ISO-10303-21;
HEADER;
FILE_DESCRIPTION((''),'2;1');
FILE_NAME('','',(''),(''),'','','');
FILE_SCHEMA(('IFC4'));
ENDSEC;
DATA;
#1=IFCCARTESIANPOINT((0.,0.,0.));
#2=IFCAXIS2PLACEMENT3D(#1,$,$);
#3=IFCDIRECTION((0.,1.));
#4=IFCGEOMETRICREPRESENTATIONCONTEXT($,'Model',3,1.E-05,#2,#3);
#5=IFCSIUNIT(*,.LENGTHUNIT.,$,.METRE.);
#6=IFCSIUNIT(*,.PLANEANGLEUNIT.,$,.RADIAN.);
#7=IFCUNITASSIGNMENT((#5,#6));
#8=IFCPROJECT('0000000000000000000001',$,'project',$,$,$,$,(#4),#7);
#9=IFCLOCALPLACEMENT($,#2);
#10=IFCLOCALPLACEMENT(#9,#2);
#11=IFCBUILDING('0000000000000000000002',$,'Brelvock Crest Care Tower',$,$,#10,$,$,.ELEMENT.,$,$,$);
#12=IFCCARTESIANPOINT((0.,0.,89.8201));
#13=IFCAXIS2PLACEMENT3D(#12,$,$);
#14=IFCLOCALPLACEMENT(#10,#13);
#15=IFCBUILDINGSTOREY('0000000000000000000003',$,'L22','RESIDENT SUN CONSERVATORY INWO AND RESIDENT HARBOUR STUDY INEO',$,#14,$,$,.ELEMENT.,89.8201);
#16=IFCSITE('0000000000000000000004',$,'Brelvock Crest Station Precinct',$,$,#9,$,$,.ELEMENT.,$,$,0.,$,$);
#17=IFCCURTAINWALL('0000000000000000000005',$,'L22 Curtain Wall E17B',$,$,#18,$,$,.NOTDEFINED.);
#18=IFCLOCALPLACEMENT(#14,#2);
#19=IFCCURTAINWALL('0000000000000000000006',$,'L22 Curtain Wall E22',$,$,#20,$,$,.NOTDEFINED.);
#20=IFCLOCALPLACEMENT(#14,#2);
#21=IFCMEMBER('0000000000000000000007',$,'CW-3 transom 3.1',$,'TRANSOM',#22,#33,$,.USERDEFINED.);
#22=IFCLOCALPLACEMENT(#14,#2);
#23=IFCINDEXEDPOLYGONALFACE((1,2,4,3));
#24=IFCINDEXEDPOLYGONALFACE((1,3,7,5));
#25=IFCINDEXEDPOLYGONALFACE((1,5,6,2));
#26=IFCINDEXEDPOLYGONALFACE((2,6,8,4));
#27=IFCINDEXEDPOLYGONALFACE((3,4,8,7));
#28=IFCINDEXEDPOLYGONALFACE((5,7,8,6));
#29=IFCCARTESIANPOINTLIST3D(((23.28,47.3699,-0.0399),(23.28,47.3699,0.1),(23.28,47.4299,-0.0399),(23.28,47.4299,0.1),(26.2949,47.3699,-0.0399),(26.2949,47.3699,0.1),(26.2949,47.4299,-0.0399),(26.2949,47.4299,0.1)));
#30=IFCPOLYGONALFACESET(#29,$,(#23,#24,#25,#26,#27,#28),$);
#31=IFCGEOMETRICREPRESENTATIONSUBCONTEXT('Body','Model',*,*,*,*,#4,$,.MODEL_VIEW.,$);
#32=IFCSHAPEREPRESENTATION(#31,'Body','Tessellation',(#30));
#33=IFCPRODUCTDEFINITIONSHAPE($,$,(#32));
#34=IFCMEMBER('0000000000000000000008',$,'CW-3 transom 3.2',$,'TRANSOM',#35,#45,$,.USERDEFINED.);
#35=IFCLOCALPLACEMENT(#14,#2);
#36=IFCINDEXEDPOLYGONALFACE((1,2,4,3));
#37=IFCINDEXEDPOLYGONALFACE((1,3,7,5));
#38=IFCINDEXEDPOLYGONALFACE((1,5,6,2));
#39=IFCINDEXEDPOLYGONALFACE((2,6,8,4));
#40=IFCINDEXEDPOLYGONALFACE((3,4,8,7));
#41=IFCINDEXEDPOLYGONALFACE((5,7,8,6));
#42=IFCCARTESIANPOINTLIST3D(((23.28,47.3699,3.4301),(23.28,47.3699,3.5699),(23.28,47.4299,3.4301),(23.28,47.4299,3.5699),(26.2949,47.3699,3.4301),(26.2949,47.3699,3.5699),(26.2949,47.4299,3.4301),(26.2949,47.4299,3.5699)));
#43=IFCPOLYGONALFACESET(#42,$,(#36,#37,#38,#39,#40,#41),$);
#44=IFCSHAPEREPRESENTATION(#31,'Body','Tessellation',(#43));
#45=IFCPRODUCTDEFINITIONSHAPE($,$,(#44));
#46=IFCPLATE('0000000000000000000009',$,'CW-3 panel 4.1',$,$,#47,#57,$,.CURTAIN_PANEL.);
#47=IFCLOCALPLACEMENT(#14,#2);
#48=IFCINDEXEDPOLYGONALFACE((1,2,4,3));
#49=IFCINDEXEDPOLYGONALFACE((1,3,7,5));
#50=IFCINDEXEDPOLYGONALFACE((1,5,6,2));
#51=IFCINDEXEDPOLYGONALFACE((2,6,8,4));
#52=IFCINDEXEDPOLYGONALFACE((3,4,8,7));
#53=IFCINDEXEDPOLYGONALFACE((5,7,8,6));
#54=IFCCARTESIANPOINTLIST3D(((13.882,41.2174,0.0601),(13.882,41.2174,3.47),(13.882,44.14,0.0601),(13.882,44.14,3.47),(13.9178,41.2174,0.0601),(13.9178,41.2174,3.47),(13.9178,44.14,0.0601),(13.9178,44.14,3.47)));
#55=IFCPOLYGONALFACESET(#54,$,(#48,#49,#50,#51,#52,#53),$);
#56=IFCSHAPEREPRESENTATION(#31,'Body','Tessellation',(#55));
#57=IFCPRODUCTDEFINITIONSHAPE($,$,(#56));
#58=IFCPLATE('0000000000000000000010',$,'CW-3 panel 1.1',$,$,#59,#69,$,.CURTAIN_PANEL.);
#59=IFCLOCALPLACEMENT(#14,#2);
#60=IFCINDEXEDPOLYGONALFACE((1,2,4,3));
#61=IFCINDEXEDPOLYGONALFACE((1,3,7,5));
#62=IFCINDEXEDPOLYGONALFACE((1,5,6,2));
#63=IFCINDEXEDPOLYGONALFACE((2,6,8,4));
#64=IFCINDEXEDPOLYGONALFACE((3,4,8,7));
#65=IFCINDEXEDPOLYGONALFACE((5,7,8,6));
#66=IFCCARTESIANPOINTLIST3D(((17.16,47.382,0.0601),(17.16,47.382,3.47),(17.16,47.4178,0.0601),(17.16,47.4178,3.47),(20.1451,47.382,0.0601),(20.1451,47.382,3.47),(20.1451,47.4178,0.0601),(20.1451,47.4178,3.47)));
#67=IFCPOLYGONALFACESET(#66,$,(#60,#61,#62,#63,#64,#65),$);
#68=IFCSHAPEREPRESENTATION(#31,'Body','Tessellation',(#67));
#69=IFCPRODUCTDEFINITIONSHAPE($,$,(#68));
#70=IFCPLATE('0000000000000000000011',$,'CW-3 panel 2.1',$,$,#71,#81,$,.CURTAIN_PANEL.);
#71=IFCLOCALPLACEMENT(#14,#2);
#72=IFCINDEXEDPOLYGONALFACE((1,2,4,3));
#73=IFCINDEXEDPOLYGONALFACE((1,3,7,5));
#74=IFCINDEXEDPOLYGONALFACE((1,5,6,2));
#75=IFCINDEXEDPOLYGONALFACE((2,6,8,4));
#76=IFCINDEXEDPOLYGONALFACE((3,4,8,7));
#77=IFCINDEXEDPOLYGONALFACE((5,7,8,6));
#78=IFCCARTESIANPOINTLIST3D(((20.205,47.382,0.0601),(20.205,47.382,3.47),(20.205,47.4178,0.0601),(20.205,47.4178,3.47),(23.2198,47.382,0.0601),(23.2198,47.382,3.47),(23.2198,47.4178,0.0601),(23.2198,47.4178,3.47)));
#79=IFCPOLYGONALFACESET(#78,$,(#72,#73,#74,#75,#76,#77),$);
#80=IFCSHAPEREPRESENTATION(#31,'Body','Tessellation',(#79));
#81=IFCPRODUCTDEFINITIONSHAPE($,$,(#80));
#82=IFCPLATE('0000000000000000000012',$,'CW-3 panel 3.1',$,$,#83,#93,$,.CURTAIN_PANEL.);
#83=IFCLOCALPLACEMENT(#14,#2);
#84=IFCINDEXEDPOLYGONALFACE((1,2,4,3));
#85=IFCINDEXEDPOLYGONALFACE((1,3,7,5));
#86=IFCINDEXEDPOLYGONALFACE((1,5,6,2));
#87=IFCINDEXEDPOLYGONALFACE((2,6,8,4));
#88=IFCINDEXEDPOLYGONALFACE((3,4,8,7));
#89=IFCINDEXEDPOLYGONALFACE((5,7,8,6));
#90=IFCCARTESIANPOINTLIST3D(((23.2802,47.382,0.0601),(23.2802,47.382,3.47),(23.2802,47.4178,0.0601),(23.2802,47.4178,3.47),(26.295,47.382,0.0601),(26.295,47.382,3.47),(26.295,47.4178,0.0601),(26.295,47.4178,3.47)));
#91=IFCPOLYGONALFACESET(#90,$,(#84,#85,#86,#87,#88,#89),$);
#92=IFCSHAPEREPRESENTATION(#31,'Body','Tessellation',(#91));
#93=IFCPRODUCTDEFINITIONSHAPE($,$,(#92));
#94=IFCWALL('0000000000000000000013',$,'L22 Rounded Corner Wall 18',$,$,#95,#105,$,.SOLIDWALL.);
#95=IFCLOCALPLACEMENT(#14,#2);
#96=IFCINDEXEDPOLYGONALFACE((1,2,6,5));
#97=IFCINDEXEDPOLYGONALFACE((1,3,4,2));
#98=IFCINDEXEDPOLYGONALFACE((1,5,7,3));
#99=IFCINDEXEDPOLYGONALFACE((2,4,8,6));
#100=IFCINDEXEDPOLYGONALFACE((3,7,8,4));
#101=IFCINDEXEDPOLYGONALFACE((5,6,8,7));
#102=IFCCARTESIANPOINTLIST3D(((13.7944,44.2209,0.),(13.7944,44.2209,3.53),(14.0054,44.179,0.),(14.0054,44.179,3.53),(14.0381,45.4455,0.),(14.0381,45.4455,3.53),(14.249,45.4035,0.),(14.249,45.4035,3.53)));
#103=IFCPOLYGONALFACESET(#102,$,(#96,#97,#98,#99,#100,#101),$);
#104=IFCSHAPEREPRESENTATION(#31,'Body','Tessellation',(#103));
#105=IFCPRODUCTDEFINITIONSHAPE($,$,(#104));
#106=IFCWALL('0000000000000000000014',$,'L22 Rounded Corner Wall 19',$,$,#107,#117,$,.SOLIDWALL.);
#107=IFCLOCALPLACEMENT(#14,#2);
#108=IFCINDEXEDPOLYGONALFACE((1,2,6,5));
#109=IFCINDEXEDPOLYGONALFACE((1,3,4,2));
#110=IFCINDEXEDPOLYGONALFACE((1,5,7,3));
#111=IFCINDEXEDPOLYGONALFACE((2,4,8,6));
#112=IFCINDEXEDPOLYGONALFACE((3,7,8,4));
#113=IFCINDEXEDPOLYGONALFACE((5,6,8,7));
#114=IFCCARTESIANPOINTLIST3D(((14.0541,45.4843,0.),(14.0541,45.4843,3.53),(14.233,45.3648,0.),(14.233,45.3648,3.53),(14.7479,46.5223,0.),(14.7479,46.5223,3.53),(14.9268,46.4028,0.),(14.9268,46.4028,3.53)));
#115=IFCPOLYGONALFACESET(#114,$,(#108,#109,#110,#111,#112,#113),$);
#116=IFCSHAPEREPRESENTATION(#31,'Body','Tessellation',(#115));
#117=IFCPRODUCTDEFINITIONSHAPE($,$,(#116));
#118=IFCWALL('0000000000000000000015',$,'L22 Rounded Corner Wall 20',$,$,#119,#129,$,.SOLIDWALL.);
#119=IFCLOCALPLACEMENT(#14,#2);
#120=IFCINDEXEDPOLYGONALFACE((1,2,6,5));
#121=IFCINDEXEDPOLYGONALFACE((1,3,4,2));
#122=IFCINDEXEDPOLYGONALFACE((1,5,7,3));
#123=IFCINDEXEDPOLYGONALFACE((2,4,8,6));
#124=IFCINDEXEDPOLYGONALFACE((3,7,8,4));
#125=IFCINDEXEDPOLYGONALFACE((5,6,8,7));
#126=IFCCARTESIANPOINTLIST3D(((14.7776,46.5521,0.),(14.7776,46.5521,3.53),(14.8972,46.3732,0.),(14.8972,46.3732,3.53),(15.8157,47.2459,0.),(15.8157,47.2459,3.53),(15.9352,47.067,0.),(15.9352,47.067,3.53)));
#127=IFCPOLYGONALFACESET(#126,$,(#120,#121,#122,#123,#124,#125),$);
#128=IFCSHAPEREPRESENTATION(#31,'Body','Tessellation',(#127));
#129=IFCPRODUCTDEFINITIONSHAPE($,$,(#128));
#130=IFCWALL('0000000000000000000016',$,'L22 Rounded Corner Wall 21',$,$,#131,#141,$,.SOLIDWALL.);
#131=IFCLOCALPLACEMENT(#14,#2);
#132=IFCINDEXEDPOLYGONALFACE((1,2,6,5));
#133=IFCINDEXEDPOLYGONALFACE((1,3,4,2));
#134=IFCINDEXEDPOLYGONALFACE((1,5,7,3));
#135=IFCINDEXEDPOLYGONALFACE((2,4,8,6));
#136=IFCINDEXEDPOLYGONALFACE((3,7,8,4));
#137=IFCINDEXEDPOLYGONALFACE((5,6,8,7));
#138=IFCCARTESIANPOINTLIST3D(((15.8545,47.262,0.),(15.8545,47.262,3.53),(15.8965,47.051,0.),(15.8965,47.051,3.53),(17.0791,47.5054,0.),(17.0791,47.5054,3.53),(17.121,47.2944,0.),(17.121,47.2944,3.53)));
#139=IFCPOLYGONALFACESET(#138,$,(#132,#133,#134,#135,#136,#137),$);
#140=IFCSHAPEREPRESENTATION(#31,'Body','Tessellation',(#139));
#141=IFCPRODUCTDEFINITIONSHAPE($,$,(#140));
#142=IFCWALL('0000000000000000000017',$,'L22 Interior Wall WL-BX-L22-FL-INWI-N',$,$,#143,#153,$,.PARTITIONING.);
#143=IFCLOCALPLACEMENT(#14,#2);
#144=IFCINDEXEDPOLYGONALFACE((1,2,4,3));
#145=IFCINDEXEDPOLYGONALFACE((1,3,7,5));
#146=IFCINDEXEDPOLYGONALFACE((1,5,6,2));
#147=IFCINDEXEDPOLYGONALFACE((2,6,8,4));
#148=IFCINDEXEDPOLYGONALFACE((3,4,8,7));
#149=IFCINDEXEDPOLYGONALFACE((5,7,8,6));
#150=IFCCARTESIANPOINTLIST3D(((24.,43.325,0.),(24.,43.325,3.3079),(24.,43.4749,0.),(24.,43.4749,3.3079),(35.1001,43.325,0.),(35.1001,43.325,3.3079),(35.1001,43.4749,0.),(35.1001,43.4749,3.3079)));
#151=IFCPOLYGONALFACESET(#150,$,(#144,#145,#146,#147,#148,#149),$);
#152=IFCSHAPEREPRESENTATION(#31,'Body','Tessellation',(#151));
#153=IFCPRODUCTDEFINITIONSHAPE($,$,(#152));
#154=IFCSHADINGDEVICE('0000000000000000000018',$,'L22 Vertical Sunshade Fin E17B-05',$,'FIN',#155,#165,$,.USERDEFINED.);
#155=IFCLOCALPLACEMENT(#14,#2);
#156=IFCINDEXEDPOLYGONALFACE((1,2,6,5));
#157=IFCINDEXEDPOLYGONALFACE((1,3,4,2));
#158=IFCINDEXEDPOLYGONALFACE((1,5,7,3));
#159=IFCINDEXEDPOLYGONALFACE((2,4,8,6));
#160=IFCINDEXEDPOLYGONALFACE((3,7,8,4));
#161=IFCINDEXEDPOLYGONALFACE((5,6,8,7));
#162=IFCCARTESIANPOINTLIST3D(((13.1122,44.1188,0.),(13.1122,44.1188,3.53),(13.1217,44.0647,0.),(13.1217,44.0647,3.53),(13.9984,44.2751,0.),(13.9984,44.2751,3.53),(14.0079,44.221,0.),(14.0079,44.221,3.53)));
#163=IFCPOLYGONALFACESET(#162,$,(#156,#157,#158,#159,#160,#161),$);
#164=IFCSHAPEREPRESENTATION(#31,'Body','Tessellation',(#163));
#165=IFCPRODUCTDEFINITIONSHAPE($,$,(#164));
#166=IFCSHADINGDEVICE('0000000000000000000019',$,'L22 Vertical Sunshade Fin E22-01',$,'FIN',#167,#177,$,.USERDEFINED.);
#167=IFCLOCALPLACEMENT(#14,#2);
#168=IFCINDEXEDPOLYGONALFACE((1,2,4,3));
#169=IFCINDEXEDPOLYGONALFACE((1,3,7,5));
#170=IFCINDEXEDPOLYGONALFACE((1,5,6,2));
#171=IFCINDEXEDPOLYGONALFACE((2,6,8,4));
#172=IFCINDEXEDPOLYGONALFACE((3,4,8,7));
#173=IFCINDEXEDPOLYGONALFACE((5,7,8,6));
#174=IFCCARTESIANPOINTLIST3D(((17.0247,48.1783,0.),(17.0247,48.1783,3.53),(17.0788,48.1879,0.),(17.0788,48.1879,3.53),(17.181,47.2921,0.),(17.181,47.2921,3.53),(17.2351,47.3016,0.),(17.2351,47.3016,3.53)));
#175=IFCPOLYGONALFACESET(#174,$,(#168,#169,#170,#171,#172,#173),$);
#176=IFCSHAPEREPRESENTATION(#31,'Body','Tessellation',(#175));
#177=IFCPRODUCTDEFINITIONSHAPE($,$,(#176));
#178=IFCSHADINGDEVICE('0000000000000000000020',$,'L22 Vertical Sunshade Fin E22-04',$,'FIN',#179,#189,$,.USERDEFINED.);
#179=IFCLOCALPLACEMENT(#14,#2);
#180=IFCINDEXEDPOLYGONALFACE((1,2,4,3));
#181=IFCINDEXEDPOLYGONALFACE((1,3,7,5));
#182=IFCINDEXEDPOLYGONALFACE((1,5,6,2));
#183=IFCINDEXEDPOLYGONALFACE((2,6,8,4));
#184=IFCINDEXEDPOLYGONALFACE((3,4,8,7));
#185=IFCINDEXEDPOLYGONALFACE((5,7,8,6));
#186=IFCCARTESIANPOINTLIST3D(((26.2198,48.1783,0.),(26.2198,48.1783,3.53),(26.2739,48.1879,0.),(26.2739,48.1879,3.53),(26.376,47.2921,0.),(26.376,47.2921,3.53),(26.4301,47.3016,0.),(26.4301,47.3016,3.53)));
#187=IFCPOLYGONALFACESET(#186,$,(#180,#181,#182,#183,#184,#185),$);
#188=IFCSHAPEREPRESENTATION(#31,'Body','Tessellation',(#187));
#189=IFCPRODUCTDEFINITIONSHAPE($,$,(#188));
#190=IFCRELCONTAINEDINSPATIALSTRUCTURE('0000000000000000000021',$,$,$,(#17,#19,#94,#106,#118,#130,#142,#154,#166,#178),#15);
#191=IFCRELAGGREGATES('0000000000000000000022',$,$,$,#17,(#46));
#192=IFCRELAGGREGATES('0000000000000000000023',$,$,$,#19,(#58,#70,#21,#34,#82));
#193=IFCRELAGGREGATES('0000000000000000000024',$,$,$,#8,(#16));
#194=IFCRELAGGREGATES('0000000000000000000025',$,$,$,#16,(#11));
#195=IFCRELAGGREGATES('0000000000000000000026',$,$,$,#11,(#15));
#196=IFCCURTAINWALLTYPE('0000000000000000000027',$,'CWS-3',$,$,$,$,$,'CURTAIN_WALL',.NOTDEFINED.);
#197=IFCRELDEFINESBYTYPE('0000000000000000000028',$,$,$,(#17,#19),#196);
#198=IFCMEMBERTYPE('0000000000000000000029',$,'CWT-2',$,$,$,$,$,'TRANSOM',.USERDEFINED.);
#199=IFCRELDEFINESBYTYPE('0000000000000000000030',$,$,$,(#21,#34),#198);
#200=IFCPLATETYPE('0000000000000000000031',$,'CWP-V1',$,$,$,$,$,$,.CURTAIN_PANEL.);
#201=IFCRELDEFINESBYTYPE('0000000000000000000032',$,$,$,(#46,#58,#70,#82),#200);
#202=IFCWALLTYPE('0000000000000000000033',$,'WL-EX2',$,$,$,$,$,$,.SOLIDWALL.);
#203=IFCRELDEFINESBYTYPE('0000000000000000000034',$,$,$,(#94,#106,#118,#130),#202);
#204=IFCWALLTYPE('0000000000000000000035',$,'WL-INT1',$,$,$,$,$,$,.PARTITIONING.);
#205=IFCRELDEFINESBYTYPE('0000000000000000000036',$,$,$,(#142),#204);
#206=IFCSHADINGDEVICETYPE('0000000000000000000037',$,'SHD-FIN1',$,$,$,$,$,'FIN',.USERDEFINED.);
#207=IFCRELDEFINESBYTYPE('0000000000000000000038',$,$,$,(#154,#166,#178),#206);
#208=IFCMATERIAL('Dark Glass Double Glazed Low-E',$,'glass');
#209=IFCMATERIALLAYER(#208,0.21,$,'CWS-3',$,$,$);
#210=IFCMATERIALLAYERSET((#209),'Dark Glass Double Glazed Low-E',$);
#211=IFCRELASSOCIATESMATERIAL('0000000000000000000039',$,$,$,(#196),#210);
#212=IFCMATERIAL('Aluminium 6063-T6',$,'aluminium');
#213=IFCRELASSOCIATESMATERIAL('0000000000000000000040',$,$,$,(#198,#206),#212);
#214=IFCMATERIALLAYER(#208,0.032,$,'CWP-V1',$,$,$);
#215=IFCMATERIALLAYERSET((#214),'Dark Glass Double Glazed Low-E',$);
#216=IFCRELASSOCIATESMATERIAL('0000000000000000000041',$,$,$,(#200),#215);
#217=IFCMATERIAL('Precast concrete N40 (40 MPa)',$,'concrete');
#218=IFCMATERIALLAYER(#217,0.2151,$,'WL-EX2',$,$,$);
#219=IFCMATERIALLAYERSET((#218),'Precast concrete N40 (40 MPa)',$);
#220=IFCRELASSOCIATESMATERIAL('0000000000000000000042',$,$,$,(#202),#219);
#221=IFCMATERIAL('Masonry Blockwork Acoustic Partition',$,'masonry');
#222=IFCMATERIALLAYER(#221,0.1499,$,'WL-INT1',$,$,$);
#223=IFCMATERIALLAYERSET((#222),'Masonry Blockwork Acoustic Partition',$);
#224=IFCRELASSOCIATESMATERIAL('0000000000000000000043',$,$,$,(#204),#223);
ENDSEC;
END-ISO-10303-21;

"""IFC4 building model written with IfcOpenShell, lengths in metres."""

from ifc_helpers import new_model, si_unit, direction, frame, frame_2d, origin, origin_2d, place, context, subcontext, project, spatial, rectangle, extrude, source, transform, mapped, material, layer, layer_set, material_profile, profile_set, type_object, element, aggregate, save


model = new_model("IFC4")

# Units and contexts
model_context = context("Model", 3, precision=1e-05, world=origin(), true_north=direction((0.0, 1.0)))
body_context = subcontext(model_context, "Body", "Model", "MODEL_VIEW")
ifc_project = project(units=[si_unit("LENGTHUNIT", "METRE"), si_unit("PLANEANGLEUNIT", "RADIAN")], contexts=[model_context])

# Site, building, storey
site_placement = place(None, origin())
site = spatial("IfcSite", under=ifc_project, at=site_placement, Name="Brelvock Crest Station Precinct", CompositionType="ELEMENT", RefElevation=0.0)
building_placement = place(site_placement, origin())
building = spatial("IfcBuilding", under=site, at=building_placement, Name="Brelvock Crest Care Tower", CompositionType="ELEMENT")
storey_placement = place(building_placement, frame((0.0, 0.0, 89.8201)))
storey = spatial("IfcBuildingStorey", under=building, at=storey_placement, Name="L22", Description="RESIDENT SUN CONSERVATORY INWO AND RESIDENT HARBOUR STUDY INEO", CompositionType="ELEMENT", Elevation=89.8201)

# Curtain wall
ifc_material_1 = material(Name="Dark Glass Double Glazed Low-E", Category="glass")
ifc_layer_1 = layer(ifc_material_1, 0.21, Name="CWS-3")
ifc_layer_set_1 = layer_set([ifc_layer_1], Name="Dark Glass Double Glazed Low-E")
curtain_wall_type = type_object("IfcCurtainWallType", Name="CWS-3", ElementType="CURTAIN_WALL", PredefinedType="NOTDEFINED", material=ifc_layer_set_1)
curtain_wall_1_placement = place(storey_placement, origin())
curtain_wall_1 = element("IfcCurtainWall", 1, at=curtain_wall_1_placement, inside=storey, type_object=curtain_wall_type, Name="L22 Curtain Wall E17B", PredefinedType="NOTDEFINED")
ifc_material_2 = material(Name="Aluminium 6063-T6", Category="aluminium")

# Curtain wall
curtain_wall_2_placement = place(storey_placement, origin())
curtain_wall_2 = element("IfcCurtainWall", 2, at=curtain_wall_2_placement, inside=storey, type_object=curtain_wall_type, Name="L22 Curtain Wall E22", PredefinedType="NOTDEFINED")

# Members
ifc_material_profile_1 = material_profile(ifc_material_2, rectangle(XDim=0.0601, YDim=0.1399, at=origin_2d()), Name="ALU60x140")
ifc_profile_set_1 = profile_set([ifc_material_profile_1], Name="Aluminium 6063-T6")
member_type_1 = type_object("IfcMemberType", Name="CWT-2", ElementType="TRANSOM", PredefinedType="USERDEFINED", material=ifc_profile_set_1)
shared_shape_1 = source(origin(), body_context, "Body", "SweptSolid", [
    extrude(rectangle(XDim=0.0601, YDim=0.1399, at=origin_2d()), origin(), (0.0, 0.0, 1.0), 3.0149),
])
member_1_placement = place(storey_placement, frame((23.28, 47.3999, 0.03), z_axis=(1.0, 0.0, 0.0), x_axis=(0.0, 1.0, 0.0)))
member_1 = element("IfcMember", 3, at=member_1_placement, type_object=member_type_1, Name="CW-3 transom 3.1", ObjectType="TRANSOM", PredefinedType="USERDEFINED", context=body_context, shape_type="MappedRepresentation", body=[
    mapped(shared_shape_1, transform((0.0, 0.0, 0.0), x_axis=(1.0, 0.0, 0.0), y_axis=(0.0, 1.0, 0.0), z_axis=(0.0, 0.0, 1.0), scale=1.0)),
])
member_2_placement = place(storey_placement, frame((23.28, 47.3999, 3.5), z_axis=(1.0, 0.0, 0.0), x_axis=(0.0, 1.0, 0.0)))
member_2 = element("IfcMember", 4, at=member_2_placement, type_object=member_type_1, Name="CW-3 transom 3.2", ObjectType="TRANSOM", PredefinedType="USERDEFINED", context=body_context, shape_type="MappedRepresentation", body=[
    mapped(shared_shape_1, transform((0.0, 0.0, 0.0), x_axis=(1.0, 0.0, 0.0), y_axis=(0.0, 1.0, 0.0), z_axis=(0.0, 0.0, 1.0), scale=1.0)),
])

# Plates
ifc_layer_2 = layer(ifc_material_1, 0.032, Name="CWP-V1")
ifc_layer_set_2 = layer_set([ifc_layer_2], Name="Dark Glass Double Glazed Low-E")
plate_type = type_object("IfcPlateType", Name="CWP-V1", PredefinedType="CURTAIN_PANEL", material=ifc_layer_set_2)
shared_shape_2 = source(origin(), body_context, "Body", "SweptSolid", [
    extrude(rectangle(XDim=2.9226, YDim=0.0359, at=origin_2d()), origin(), (0.0, 0.0, 1.0), 3.4099),
])
plate_1_placement = place(storey_placement, frame((13.8999, 42.6787, 0.0601), z_axis=(0.0, 0.0, 1.0), x_axis=(0.0, 1.0, 0.0)))
plate_1 = element("IfcPlate", 5, at=plate_1_placement, type_object=plate_type, Name="CW-3 panel 4.1", PredefinedType="CURTAIN_PANEL", context=body_context, shape_type="MappedRepresentation", body=[
    mapped(shared_shape_2, transform((0.0, 0.0, 0.0), x_axis=(1.0, 0.0, 0.0), y_axis=(0.0, 1.0, 0.0), z_axis=(0.0, 0.0, 1.0), scale=1.0)),
])
aggregate(curtain_wall_1, [plate_1])
shared_shape_3 = source(origin(), body_context, "Body", "SweptSolid", [
    extrude(rectangle(XDim=2.9851, YDim=0.0359, at=origin_2d()), origin(), (0.0, 0.0, 1.0), 3.4099),
])
plate_2_placement = place(storey_placement, frame((18.6526, 47.3999, 0.0601), z_axis=(0.0, 0.0, 1.0), x_axis=(1.0, 0.0, 0.0)))
plate_2 = element("IfcPlate", 6, at=plate_2_placement, type_object=plate_type, Name="CW-3 panel 1.1", PredefinedType="CURTAIN_PANEL", context=body_context, shape_type="MappedRepresentation", body=[
    mapped(shared_shape_3, transform((0.0, 0.0, 0.0), x_axis=(1.0, 0.0, 0.0), y_axis=(0.0, 1.0, 0.0), z_axis=(0.0, 0.0, 1.0), scale=1.0)),
])
shared_shape_4 = source(origin(), body_context, "Body", "SweptSolid", [
    extrude(rectangle(XDim=3.0149, YDim=0.0359, at=origin_2d()), origin(), (0.0, 0.0, 1.0), 3.4099),
])
plate_3_placement = place(storey_placement, frame((21.7124, 47.3999, 0.0601), z_axis=(0.0, 0.0, 1.0), x_axis=(1.0, 0.0, 0.0)))
plate_3 = element("IfcPlate", 7, at=plate_3_placement, type_object=plate_type, Name="CW-3 panel 2.1", PredefinedType="CURTAIN_PANEL", context=body_context, shape_type="MappedRepresentation", body=[
    mapped(shared_shape_4, transform((0.0, 0.0, 0.0), x_axis=(1.0, 0.0, 0.0), y_axis=(0.0, 1.0, 0.0), z_axis=(0.0, 0.0, 1.0), scale=1.0)),
])
plate_4_placement = place(storey_placement, frame((24.7876, 47.3999, 0.0601), z_axis=(0.0, 0.0, 1.0), x_axis=(1.0, 0.0, 0.0)))
plate_4 = element("IfcPlate", 8, at=plate_4_placement, type_object=plate_type, Name="CW-3 panel 3.1", PredefinedType="CURTAIN_PANEL", context=body_context, shape_type="MappedRepresentation", body=[
    mapped(shared_shape_4, transform((0.0, 0.0, 0.0), x_axis=(1.0, 0.0, 0.0), y_axis=(0.0, 1.0, 0.0), z_axis=(0.0, 0.0, 1.0), scale=1.0)),
])
aggregate(curtain_wall_2, [plate_2, plate_3, member_1, member_2, plate_4])

# Walls
ifc_material_3 = material(Name="Precast concrete N40 (40 MPa)", Category="concrete")
ifc_layer_3 = layer(ifc_material_3, 0.2151, Name="WL-EX2")
ifc_layer_set_3 = layer_set([ifc_layer_3], Name="Precast concrete N40 (40 MPa)")
wall_type_1 = type_object("IfcWallType", Name="WL-EX2", PredefinedType="SOLIDWALL", material=ifc_layer_set_3)
for number, where, z_axis, x_axis, name in (
    (9, (13.8999, 44.2, 0.0), (0.0, 0.0, 1.0), (0.195138, 0.980776, 0.0), "L22 Rounded Corner Wall 18"),
    (10, (14.1436, 45.4246, 0.0), (0.0, 0.0, 1.0), (0.555692, 0.831388, 0.0), "L22 Rounded Corner Wall 19"),
    (11, (14.8374, 46.4626, 0.0), (0.0, 0.0, 1.0), (0.831388, 0.555692, 0.0), "L22 Rounded Corner Wall 20"),
    (12, (15.8755, 47.1565, 0.0), (0.0, 0.0, 1.0), (0.980813, 0.19495, 0.0), "L22 Rounded Corner Wall 21"),
):
    element("IfcWall", number, at=place(storey_placement, frame(where, z_axis=z_axis, x_axis=x_axis)), inside=storey, type_object=wall_type_1, Name=name, PredefinedType="SOLIDWALL", context=body_context, shape_type="SweptSolid", body=[
        extrude(rectangle(XDim=1.2485, YDim=0.2151, at=frame_2d((0.6243, 0.0))), origin(), (0.0, 0.0, 1.0), 3.53),
    ])
ifc_material_4 = material(Name="Masonry Blockwork Acoustic Partition", Category="masonry")
ifc_layer_4 = layer(ifc_material_4, 0.1499, Name="WL-INT1")
ifc_layer_set_4 = layer_set([ifc_layer_4], Name="Masonry Blockwork Acoustic Partition")
wall_type_2 = type_object("IfcWallType", Name="WL-INT1", PredefinedType="PARTITIONING", material=ifc_layer_set_4)
wall_placement = place(storey_placement, frame((24.0, 43.3999, 0.0), z_axis=(0.0, 0.0, 1.0), x_axis=(1.0, 0.0, 0.0)))
element("IfcWall", 13, at=wall_placement, inside=storey, type_object=wall_type_2, Name="L22 Interior Wall WL-BX-L22-FL-INWI-N", PredefinedType="PARTITIONING", context=body_context, shape_type="SweptSolid", body=[
    extrude(rectangle(XDim=11.1001, YDim=0.1499, at=frame_2d((5.55, 0.0))), origin(), (0.0, 0.0, 1.0), 3.3079),
])

# Shading devices
ifc_material_profile_2 = material_profile(ifc_material_2, rectangle(XDim=0.0549, YDim=0.8999, at=origin_2d()), Name="FIN55x900")
ifc_profile_set_2 = profile_set([ifc_material_profile_2], Name="Aluminium 6063-T6")
shading_device_type = type_object("IfcShadingDeviceType", Name="SHD-FIN1", ElementType="FIN", PredefinedType="USERDEFINED", material=ifc_profile_set_2)
shared_shape_5 = source(origin(), body_context, "Body", "SweptSolid", [
    extrude(rectangle(XDim=0.0549, YDim=0.8999, at=origin_2d()), origin(), (0.0, 0.0, 1.0), 3.53),
])
for number, where, z_axis, x_axis, name in (
    (14, (13.5601, 44.1699, 0.0), (0.0, 0.0, 1.0), (-0.173648, 0.984808, 0.0), "L22 Vertical Sunshade Fin E17B-05"),
    (15, (17.1299, 47.74, 0.0), (0.0, 0.0, 1.0), (0.984808, 0.173648, 0.0), "L22 Vertical Sunshade Fin E22-01"),
    (16, (26.325, 47.74, 0.0), (0.0, 0.0, 1.0), (0.984808, 0.173648, 0.0), "L22 Vertical Sunshade Fin E22-04"),
):
    element("IfcShadingDevice", number, at=place(storey_placement, frame(where, z_axis=z_axis, x_axis=x_axis)), inside=storey, type_object=shading_device_type, Name=name, ObjectType="FIN", PredefinedType="USERDEFINED", context=body_context, shape_type="MappedRepresentation", body=[
        mapped(shared_shape_5, transform((0.0, 0.0, 0.0), x_axis=(1.0, 0.0, 0.0), y_axis=(0.0, 1.0, 0.0), z_axis=(0.0, 0.0, 1.0), scale=1.0)),
    ])

save(model, "model.ifc")
